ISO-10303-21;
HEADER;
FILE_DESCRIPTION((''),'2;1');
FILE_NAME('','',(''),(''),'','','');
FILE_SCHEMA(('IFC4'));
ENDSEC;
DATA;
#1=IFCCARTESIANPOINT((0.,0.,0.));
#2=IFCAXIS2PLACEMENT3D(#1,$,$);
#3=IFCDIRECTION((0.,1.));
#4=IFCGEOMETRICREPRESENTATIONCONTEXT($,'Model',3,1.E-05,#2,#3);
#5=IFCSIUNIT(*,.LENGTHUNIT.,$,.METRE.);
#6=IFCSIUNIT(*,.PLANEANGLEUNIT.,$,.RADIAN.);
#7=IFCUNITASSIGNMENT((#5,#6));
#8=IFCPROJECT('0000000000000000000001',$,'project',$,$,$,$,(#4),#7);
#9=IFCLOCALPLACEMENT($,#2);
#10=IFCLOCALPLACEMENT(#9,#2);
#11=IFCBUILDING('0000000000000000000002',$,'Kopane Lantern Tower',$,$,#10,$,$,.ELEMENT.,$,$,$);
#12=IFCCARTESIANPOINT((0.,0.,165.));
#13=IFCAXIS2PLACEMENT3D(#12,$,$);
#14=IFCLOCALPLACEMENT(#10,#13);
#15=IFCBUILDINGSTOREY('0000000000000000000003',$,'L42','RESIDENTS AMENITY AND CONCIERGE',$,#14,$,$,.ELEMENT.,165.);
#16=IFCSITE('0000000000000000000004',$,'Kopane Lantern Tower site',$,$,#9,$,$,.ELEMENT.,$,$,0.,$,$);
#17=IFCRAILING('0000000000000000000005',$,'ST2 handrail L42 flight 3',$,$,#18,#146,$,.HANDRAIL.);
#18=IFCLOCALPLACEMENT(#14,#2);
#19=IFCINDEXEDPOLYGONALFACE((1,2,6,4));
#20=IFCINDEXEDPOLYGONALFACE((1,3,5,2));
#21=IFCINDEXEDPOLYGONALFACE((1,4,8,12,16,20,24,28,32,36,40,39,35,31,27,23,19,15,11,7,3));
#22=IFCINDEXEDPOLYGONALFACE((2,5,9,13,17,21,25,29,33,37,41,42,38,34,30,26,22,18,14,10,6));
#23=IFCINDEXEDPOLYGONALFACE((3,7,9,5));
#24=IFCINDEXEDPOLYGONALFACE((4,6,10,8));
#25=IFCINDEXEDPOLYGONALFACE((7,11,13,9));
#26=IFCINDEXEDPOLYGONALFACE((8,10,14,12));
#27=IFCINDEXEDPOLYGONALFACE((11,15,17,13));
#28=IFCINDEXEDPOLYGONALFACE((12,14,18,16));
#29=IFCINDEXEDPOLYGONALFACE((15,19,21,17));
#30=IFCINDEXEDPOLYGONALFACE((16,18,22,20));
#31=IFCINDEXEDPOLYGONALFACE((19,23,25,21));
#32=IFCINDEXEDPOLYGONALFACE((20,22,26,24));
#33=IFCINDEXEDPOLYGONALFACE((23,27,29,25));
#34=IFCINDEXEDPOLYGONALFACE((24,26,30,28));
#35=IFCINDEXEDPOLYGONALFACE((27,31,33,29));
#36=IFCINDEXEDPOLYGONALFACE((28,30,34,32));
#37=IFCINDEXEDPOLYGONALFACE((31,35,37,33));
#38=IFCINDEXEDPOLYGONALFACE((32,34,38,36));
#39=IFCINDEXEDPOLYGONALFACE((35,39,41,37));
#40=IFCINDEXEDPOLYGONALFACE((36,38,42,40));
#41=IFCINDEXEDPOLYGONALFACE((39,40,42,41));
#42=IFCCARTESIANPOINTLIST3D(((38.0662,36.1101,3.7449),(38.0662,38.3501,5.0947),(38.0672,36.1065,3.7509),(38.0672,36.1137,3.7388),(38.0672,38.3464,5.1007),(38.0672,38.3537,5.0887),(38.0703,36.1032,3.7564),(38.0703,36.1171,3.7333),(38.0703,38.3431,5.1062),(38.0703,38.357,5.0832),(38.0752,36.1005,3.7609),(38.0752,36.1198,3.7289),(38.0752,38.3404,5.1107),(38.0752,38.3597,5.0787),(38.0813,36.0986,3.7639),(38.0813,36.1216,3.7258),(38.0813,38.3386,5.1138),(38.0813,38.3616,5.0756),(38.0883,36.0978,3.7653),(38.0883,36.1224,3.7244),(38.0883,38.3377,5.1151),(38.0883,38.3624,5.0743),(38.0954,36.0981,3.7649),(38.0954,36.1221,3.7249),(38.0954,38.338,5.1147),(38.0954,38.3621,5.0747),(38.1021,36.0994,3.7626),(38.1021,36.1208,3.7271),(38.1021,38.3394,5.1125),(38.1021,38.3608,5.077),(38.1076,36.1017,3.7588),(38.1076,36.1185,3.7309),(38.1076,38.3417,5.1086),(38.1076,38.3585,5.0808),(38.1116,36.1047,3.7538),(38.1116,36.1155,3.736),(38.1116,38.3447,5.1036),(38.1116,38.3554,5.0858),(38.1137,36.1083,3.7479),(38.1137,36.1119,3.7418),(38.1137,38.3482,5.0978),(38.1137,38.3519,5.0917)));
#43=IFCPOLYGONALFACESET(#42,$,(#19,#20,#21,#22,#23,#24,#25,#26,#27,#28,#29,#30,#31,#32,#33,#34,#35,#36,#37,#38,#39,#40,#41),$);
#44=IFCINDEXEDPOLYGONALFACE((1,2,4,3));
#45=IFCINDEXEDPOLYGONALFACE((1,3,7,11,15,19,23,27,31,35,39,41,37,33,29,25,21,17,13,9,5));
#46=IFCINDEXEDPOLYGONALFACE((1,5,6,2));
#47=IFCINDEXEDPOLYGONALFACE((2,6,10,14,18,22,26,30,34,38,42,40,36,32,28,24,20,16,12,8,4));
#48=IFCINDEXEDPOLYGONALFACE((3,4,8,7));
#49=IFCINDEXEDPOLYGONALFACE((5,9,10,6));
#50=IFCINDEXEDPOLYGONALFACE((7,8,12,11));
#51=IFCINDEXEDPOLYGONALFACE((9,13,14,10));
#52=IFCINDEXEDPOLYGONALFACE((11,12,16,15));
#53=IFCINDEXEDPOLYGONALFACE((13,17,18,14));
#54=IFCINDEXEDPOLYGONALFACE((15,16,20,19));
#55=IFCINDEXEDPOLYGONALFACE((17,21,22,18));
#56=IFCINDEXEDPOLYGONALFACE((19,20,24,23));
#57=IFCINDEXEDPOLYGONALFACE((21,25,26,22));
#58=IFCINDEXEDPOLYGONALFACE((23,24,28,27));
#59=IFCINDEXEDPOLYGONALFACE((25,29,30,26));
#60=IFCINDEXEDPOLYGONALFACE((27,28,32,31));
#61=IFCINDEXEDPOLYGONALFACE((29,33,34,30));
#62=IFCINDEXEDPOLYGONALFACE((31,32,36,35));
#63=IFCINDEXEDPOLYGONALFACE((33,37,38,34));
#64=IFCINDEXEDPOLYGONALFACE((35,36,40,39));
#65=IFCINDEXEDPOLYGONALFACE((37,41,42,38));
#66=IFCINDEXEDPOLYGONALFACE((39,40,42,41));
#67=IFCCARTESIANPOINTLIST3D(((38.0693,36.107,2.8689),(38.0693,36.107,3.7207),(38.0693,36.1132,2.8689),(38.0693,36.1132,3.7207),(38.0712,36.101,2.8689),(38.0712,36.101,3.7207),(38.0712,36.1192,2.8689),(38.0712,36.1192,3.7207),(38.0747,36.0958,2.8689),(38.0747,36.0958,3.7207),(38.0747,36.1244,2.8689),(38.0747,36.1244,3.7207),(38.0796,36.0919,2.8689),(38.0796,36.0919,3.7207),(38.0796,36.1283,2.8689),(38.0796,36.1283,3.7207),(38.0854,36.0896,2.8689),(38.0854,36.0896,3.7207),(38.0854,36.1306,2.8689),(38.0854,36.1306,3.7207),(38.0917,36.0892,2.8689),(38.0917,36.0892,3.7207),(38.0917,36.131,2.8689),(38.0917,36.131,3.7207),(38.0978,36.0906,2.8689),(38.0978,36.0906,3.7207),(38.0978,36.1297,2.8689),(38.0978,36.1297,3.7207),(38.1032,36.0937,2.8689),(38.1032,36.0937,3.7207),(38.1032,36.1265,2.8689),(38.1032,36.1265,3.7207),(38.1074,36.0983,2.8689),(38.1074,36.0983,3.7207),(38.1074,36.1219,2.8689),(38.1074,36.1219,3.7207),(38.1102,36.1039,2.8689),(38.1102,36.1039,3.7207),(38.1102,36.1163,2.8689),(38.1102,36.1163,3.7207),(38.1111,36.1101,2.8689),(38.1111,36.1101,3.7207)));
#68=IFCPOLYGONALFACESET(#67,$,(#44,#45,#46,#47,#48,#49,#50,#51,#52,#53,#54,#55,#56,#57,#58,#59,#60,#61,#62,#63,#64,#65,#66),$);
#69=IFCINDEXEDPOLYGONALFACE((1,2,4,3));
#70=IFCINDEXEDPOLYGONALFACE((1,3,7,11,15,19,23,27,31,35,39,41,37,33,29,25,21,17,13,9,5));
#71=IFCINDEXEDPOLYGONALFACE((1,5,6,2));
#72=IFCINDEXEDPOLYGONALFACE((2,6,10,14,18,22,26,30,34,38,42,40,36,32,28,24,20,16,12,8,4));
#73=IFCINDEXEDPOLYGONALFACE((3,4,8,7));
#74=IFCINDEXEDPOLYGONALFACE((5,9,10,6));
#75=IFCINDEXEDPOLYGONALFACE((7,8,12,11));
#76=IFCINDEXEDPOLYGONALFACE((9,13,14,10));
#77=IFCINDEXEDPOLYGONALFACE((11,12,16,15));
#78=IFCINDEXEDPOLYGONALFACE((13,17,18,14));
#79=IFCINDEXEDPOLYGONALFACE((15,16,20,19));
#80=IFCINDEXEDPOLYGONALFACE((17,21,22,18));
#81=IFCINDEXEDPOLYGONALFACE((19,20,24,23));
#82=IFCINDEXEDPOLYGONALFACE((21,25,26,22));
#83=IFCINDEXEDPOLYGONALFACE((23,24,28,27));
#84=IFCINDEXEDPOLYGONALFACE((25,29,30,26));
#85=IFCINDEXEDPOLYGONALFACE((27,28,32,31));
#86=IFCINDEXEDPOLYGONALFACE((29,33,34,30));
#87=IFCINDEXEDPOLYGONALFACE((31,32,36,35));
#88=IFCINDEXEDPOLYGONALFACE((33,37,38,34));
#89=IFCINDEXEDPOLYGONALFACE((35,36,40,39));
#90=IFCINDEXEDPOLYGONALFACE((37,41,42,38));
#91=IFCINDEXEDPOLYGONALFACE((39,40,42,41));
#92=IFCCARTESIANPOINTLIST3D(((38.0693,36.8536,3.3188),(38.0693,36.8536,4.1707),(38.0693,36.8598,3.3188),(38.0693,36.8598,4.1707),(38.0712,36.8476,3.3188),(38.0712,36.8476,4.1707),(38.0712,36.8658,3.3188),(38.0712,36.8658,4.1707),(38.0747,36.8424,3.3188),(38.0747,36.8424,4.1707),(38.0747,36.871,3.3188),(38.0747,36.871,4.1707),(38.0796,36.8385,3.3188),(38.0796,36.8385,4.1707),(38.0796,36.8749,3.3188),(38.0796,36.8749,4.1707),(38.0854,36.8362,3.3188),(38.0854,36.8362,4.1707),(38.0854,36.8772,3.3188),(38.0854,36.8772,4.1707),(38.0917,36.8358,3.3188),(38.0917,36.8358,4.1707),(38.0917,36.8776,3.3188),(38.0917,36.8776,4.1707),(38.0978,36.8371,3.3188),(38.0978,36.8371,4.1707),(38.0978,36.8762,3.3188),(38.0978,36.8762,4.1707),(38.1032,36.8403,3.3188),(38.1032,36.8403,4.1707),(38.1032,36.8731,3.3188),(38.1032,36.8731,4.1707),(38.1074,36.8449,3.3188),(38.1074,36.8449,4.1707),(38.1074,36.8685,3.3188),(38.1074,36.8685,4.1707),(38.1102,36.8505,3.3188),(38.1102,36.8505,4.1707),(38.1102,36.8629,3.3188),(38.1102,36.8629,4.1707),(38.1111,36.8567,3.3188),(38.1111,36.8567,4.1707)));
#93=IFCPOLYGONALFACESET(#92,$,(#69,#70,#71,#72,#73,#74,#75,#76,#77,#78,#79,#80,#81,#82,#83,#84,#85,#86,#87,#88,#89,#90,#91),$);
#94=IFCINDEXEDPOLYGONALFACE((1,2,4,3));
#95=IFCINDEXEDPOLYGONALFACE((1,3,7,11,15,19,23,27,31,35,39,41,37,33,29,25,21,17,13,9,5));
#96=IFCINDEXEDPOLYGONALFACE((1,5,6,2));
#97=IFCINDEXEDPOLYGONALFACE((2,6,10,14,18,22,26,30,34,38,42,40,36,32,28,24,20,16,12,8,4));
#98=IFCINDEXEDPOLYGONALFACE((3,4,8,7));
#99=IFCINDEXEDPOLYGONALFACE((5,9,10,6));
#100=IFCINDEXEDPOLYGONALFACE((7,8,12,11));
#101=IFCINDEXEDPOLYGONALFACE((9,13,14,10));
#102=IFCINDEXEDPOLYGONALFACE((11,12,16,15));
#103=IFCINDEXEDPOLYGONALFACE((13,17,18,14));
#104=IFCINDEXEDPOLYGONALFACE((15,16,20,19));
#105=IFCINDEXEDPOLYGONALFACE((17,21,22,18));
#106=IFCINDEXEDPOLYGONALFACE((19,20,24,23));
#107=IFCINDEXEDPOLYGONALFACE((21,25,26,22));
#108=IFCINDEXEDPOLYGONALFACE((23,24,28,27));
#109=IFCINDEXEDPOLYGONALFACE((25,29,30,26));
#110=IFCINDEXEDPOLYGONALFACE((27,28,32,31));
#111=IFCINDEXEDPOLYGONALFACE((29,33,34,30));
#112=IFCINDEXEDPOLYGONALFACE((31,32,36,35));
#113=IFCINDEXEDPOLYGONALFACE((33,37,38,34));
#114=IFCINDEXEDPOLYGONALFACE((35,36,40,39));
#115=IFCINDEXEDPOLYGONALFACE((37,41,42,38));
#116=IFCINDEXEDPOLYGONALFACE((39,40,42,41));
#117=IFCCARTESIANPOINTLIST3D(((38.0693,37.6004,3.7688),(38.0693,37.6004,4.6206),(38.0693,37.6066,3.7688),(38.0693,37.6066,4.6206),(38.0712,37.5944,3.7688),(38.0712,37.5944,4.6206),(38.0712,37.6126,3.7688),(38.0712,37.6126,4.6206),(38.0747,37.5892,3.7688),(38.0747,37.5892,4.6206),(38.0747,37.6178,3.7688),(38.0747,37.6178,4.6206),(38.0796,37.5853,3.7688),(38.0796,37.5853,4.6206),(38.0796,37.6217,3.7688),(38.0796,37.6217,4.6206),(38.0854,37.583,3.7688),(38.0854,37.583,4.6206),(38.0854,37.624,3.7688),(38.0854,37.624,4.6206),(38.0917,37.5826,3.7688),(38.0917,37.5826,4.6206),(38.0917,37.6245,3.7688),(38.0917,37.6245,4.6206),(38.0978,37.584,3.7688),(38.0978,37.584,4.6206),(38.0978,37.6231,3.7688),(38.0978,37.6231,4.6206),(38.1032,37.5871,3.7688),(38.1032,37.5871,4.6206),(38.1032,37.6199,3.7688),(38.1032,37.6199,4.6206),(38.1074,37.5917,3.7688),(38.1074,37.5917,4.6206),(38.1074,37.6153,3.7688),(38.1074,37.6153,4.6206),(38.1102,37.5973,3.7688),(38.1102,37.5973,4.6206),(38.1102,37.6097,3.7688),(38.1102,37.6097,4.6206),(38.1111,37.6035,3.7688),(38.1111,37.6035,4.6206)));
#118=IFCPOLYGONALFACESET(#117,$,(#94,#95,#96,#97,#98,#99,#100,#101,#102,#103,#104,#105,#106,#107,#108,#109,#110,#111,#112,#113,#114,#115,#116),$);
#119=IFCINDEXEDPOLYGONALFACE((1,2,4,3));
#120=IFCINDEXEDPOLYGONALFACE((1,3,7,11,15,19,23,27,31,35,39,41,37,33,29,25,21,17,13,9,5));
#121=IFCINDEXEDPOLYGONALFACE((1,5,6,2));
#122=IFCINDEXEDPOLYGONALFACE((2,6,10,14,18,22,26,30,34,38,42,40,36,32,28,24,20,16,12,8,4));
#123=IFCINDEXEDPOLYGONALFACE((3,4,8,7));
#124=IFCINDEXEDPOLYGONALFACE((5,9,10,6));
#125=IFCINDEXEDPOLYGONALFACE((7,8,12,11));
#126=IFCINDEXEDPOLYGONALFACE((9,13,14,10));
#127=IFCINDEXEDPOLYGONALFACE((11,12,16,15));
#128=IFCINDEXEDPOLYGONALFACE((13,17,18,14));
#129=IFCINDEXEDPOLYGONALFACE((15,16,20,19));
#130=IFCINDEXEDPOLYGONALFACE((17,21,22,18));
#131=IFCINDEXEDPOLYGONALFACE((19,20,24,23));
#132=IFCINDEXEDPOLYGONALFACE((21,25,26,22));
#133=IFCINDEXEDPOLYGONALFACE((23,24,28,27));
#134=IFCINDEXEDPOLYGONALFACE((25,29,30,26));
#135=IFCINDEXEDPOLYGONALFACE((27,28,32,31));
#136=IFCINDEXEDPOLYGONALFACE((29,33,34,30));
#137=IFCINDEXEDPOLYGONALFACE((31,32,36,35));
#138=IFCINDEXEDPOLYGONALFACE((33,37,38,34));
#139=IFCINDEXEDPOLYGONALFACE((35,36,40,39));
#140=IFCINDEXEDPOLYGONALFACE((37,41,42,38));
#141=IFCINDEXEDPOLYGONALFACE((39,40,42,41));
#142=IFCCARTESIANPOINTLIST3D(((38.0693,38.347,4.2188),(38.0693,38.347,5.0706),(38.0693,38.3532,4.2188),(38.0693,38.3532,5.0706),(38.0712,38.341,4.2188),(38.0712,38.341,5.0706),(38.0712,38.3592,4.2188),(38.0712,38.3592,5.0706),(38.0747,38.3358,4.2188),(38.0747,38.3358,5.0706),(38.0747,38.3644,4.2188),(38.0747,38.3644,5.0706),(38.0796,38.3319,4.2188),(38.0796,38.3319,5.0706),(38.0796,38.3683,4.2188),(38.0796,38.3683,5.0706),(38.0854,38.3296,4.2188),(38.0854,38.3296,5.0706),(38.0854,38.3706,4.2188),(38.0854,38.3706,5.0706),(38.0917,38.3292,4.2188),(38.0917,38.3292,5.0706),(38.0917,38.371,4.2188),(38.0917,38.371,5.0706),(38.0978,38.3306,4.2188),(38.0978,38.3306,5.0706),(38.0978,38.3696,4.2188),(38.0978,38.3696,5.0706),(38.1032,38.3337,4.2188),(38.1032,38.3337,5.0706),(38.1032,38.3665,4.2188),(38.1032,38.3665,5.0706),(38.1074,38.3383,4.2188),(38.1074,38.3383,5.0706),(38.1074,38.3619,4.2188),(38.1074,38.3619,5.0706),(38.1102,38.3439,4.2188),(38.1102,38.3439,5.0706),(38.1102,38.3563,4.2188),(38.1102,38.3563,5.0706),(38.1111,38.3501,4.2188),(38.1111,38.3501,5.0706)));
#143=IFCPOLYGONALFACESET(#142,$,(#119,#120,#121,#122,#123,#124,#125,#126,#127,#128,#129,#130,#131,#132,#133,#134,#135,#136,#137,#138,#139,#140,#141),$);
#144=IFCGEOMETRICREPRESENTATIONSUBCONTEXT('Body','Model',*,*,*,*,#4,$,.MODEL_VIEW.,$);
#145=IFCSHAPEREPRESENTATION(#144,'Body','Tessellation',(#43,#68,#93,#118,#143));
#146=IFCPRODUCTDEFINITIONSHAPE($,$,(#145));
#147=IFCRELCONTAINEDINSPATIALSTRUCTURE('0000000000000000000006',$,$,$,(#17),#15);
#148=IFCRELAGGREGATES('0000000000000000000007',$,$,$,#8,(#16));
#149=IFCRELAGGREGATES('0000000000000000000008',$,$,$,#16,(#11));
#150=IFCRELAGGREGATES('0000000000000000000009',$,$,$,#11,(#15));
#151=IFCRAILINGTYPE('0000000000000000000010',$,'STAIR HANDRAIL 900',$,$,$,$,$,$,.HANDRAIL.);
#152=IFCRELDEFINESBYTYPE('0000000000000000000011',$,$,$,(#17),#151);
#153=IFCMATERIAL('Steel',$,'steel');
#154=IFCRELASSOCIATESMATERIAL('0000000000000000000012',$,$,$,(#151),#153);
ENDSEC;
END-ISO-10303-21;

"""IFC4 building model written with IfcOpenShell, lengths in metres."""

from ifc_helpers import new_model, si_unit, direction, frame, origin, origin_2d, place, context, subcontext, project, spatial, circle, extrude, material, type_object, element, save


model = new_model("IFC4")

# Units and contexts
model_context = context("Model", 3, precision=1e-05, world=origin(), true_north=direction((0.0, 1.0)))
body_context = subcontext(model_context, "Body", "Model", "MODEL_VIEW")
ifc_project = project(units=[si_unit("LENGTHUNIT", "METRE"), si_unit("PLANEANGLEUNIT", "RADIAN")], contexts=[model_context])

# Site, building, storey
site_placement = place(None, origin())
site = spatial("IfcSite", under=ifc_project, at=site_placement, Name="Kopane Lantern Tower site", CompositionType="ELEMENT", RefElevation=0.0)
building_placement = place(site_placement, origin())
building = spatial("IfcBuilding", under=site, at=building_placement, Name="Kopane Lantern Tower", CompositionType="ELEMENT")
storey_placement = place(building_placement, frame((0.0, 0.0, 165.0)))
storey = spatial("IfcBuildingStorey", under=building, at=storey_placement, Name="L42", Description="RESIDENTS AMENITY AND CONCIERGE", CompositionType="ELEMENT", Elevation=165.0)

# Railing
ifc_material_1 = material(Name="Steel", Category="steel")
railing_type_1 = type_object("IfcRailingType", Name="STAIR HANDRAIL 900", PredefinedType="HANDRAIL", material=ifc_material_1)
for number, where, name in (
    (1, (38.0901, 36.1101, 2.8689), "ST2 handrail L42 flight 3"),
):
    element("IfcRailing", number, at=place(storey_placement, frame(where)), inside=storey, type_object=railing_type_1, Name=name, PredefinedType="HANDRAIL", context=body_context, shape_type="SweptSolid", body=[
        extrude(circle(Radius=0.0239, at=origin_2d()), frame((0.0, 0.0, 0.876), z_axis=(0.0, 0.856503, 0.516142), x_axis=(-1.0, 0.0, 0.0)), (0.0, 0.0, 1.0), 2.6152),
        extrude(circle(Radius=0.021, at=origin_2d()), origin(), (0.0, 0.0, 1.0), 0.8518),
        extrude(circle(Radius=0.021, at=origin_2d()), frame((0.0, 0.7466, 0.45)), (0.0, 0.0, 1.0), 0.8518),
        extrude(circle(Radius=0.021, at=origin_2d()), frame((0.0, 1.4934, 0.8999)), (0.0, 0.0, 1.0), 0.8518),
        extrude(circle(Radius=0.021, at=origin_2d()), frame((0.0, 2.24, 1.3499)), (0.0, 0.0, 1.0), 0.8518),
    ])

save(model, "model.ifc")
